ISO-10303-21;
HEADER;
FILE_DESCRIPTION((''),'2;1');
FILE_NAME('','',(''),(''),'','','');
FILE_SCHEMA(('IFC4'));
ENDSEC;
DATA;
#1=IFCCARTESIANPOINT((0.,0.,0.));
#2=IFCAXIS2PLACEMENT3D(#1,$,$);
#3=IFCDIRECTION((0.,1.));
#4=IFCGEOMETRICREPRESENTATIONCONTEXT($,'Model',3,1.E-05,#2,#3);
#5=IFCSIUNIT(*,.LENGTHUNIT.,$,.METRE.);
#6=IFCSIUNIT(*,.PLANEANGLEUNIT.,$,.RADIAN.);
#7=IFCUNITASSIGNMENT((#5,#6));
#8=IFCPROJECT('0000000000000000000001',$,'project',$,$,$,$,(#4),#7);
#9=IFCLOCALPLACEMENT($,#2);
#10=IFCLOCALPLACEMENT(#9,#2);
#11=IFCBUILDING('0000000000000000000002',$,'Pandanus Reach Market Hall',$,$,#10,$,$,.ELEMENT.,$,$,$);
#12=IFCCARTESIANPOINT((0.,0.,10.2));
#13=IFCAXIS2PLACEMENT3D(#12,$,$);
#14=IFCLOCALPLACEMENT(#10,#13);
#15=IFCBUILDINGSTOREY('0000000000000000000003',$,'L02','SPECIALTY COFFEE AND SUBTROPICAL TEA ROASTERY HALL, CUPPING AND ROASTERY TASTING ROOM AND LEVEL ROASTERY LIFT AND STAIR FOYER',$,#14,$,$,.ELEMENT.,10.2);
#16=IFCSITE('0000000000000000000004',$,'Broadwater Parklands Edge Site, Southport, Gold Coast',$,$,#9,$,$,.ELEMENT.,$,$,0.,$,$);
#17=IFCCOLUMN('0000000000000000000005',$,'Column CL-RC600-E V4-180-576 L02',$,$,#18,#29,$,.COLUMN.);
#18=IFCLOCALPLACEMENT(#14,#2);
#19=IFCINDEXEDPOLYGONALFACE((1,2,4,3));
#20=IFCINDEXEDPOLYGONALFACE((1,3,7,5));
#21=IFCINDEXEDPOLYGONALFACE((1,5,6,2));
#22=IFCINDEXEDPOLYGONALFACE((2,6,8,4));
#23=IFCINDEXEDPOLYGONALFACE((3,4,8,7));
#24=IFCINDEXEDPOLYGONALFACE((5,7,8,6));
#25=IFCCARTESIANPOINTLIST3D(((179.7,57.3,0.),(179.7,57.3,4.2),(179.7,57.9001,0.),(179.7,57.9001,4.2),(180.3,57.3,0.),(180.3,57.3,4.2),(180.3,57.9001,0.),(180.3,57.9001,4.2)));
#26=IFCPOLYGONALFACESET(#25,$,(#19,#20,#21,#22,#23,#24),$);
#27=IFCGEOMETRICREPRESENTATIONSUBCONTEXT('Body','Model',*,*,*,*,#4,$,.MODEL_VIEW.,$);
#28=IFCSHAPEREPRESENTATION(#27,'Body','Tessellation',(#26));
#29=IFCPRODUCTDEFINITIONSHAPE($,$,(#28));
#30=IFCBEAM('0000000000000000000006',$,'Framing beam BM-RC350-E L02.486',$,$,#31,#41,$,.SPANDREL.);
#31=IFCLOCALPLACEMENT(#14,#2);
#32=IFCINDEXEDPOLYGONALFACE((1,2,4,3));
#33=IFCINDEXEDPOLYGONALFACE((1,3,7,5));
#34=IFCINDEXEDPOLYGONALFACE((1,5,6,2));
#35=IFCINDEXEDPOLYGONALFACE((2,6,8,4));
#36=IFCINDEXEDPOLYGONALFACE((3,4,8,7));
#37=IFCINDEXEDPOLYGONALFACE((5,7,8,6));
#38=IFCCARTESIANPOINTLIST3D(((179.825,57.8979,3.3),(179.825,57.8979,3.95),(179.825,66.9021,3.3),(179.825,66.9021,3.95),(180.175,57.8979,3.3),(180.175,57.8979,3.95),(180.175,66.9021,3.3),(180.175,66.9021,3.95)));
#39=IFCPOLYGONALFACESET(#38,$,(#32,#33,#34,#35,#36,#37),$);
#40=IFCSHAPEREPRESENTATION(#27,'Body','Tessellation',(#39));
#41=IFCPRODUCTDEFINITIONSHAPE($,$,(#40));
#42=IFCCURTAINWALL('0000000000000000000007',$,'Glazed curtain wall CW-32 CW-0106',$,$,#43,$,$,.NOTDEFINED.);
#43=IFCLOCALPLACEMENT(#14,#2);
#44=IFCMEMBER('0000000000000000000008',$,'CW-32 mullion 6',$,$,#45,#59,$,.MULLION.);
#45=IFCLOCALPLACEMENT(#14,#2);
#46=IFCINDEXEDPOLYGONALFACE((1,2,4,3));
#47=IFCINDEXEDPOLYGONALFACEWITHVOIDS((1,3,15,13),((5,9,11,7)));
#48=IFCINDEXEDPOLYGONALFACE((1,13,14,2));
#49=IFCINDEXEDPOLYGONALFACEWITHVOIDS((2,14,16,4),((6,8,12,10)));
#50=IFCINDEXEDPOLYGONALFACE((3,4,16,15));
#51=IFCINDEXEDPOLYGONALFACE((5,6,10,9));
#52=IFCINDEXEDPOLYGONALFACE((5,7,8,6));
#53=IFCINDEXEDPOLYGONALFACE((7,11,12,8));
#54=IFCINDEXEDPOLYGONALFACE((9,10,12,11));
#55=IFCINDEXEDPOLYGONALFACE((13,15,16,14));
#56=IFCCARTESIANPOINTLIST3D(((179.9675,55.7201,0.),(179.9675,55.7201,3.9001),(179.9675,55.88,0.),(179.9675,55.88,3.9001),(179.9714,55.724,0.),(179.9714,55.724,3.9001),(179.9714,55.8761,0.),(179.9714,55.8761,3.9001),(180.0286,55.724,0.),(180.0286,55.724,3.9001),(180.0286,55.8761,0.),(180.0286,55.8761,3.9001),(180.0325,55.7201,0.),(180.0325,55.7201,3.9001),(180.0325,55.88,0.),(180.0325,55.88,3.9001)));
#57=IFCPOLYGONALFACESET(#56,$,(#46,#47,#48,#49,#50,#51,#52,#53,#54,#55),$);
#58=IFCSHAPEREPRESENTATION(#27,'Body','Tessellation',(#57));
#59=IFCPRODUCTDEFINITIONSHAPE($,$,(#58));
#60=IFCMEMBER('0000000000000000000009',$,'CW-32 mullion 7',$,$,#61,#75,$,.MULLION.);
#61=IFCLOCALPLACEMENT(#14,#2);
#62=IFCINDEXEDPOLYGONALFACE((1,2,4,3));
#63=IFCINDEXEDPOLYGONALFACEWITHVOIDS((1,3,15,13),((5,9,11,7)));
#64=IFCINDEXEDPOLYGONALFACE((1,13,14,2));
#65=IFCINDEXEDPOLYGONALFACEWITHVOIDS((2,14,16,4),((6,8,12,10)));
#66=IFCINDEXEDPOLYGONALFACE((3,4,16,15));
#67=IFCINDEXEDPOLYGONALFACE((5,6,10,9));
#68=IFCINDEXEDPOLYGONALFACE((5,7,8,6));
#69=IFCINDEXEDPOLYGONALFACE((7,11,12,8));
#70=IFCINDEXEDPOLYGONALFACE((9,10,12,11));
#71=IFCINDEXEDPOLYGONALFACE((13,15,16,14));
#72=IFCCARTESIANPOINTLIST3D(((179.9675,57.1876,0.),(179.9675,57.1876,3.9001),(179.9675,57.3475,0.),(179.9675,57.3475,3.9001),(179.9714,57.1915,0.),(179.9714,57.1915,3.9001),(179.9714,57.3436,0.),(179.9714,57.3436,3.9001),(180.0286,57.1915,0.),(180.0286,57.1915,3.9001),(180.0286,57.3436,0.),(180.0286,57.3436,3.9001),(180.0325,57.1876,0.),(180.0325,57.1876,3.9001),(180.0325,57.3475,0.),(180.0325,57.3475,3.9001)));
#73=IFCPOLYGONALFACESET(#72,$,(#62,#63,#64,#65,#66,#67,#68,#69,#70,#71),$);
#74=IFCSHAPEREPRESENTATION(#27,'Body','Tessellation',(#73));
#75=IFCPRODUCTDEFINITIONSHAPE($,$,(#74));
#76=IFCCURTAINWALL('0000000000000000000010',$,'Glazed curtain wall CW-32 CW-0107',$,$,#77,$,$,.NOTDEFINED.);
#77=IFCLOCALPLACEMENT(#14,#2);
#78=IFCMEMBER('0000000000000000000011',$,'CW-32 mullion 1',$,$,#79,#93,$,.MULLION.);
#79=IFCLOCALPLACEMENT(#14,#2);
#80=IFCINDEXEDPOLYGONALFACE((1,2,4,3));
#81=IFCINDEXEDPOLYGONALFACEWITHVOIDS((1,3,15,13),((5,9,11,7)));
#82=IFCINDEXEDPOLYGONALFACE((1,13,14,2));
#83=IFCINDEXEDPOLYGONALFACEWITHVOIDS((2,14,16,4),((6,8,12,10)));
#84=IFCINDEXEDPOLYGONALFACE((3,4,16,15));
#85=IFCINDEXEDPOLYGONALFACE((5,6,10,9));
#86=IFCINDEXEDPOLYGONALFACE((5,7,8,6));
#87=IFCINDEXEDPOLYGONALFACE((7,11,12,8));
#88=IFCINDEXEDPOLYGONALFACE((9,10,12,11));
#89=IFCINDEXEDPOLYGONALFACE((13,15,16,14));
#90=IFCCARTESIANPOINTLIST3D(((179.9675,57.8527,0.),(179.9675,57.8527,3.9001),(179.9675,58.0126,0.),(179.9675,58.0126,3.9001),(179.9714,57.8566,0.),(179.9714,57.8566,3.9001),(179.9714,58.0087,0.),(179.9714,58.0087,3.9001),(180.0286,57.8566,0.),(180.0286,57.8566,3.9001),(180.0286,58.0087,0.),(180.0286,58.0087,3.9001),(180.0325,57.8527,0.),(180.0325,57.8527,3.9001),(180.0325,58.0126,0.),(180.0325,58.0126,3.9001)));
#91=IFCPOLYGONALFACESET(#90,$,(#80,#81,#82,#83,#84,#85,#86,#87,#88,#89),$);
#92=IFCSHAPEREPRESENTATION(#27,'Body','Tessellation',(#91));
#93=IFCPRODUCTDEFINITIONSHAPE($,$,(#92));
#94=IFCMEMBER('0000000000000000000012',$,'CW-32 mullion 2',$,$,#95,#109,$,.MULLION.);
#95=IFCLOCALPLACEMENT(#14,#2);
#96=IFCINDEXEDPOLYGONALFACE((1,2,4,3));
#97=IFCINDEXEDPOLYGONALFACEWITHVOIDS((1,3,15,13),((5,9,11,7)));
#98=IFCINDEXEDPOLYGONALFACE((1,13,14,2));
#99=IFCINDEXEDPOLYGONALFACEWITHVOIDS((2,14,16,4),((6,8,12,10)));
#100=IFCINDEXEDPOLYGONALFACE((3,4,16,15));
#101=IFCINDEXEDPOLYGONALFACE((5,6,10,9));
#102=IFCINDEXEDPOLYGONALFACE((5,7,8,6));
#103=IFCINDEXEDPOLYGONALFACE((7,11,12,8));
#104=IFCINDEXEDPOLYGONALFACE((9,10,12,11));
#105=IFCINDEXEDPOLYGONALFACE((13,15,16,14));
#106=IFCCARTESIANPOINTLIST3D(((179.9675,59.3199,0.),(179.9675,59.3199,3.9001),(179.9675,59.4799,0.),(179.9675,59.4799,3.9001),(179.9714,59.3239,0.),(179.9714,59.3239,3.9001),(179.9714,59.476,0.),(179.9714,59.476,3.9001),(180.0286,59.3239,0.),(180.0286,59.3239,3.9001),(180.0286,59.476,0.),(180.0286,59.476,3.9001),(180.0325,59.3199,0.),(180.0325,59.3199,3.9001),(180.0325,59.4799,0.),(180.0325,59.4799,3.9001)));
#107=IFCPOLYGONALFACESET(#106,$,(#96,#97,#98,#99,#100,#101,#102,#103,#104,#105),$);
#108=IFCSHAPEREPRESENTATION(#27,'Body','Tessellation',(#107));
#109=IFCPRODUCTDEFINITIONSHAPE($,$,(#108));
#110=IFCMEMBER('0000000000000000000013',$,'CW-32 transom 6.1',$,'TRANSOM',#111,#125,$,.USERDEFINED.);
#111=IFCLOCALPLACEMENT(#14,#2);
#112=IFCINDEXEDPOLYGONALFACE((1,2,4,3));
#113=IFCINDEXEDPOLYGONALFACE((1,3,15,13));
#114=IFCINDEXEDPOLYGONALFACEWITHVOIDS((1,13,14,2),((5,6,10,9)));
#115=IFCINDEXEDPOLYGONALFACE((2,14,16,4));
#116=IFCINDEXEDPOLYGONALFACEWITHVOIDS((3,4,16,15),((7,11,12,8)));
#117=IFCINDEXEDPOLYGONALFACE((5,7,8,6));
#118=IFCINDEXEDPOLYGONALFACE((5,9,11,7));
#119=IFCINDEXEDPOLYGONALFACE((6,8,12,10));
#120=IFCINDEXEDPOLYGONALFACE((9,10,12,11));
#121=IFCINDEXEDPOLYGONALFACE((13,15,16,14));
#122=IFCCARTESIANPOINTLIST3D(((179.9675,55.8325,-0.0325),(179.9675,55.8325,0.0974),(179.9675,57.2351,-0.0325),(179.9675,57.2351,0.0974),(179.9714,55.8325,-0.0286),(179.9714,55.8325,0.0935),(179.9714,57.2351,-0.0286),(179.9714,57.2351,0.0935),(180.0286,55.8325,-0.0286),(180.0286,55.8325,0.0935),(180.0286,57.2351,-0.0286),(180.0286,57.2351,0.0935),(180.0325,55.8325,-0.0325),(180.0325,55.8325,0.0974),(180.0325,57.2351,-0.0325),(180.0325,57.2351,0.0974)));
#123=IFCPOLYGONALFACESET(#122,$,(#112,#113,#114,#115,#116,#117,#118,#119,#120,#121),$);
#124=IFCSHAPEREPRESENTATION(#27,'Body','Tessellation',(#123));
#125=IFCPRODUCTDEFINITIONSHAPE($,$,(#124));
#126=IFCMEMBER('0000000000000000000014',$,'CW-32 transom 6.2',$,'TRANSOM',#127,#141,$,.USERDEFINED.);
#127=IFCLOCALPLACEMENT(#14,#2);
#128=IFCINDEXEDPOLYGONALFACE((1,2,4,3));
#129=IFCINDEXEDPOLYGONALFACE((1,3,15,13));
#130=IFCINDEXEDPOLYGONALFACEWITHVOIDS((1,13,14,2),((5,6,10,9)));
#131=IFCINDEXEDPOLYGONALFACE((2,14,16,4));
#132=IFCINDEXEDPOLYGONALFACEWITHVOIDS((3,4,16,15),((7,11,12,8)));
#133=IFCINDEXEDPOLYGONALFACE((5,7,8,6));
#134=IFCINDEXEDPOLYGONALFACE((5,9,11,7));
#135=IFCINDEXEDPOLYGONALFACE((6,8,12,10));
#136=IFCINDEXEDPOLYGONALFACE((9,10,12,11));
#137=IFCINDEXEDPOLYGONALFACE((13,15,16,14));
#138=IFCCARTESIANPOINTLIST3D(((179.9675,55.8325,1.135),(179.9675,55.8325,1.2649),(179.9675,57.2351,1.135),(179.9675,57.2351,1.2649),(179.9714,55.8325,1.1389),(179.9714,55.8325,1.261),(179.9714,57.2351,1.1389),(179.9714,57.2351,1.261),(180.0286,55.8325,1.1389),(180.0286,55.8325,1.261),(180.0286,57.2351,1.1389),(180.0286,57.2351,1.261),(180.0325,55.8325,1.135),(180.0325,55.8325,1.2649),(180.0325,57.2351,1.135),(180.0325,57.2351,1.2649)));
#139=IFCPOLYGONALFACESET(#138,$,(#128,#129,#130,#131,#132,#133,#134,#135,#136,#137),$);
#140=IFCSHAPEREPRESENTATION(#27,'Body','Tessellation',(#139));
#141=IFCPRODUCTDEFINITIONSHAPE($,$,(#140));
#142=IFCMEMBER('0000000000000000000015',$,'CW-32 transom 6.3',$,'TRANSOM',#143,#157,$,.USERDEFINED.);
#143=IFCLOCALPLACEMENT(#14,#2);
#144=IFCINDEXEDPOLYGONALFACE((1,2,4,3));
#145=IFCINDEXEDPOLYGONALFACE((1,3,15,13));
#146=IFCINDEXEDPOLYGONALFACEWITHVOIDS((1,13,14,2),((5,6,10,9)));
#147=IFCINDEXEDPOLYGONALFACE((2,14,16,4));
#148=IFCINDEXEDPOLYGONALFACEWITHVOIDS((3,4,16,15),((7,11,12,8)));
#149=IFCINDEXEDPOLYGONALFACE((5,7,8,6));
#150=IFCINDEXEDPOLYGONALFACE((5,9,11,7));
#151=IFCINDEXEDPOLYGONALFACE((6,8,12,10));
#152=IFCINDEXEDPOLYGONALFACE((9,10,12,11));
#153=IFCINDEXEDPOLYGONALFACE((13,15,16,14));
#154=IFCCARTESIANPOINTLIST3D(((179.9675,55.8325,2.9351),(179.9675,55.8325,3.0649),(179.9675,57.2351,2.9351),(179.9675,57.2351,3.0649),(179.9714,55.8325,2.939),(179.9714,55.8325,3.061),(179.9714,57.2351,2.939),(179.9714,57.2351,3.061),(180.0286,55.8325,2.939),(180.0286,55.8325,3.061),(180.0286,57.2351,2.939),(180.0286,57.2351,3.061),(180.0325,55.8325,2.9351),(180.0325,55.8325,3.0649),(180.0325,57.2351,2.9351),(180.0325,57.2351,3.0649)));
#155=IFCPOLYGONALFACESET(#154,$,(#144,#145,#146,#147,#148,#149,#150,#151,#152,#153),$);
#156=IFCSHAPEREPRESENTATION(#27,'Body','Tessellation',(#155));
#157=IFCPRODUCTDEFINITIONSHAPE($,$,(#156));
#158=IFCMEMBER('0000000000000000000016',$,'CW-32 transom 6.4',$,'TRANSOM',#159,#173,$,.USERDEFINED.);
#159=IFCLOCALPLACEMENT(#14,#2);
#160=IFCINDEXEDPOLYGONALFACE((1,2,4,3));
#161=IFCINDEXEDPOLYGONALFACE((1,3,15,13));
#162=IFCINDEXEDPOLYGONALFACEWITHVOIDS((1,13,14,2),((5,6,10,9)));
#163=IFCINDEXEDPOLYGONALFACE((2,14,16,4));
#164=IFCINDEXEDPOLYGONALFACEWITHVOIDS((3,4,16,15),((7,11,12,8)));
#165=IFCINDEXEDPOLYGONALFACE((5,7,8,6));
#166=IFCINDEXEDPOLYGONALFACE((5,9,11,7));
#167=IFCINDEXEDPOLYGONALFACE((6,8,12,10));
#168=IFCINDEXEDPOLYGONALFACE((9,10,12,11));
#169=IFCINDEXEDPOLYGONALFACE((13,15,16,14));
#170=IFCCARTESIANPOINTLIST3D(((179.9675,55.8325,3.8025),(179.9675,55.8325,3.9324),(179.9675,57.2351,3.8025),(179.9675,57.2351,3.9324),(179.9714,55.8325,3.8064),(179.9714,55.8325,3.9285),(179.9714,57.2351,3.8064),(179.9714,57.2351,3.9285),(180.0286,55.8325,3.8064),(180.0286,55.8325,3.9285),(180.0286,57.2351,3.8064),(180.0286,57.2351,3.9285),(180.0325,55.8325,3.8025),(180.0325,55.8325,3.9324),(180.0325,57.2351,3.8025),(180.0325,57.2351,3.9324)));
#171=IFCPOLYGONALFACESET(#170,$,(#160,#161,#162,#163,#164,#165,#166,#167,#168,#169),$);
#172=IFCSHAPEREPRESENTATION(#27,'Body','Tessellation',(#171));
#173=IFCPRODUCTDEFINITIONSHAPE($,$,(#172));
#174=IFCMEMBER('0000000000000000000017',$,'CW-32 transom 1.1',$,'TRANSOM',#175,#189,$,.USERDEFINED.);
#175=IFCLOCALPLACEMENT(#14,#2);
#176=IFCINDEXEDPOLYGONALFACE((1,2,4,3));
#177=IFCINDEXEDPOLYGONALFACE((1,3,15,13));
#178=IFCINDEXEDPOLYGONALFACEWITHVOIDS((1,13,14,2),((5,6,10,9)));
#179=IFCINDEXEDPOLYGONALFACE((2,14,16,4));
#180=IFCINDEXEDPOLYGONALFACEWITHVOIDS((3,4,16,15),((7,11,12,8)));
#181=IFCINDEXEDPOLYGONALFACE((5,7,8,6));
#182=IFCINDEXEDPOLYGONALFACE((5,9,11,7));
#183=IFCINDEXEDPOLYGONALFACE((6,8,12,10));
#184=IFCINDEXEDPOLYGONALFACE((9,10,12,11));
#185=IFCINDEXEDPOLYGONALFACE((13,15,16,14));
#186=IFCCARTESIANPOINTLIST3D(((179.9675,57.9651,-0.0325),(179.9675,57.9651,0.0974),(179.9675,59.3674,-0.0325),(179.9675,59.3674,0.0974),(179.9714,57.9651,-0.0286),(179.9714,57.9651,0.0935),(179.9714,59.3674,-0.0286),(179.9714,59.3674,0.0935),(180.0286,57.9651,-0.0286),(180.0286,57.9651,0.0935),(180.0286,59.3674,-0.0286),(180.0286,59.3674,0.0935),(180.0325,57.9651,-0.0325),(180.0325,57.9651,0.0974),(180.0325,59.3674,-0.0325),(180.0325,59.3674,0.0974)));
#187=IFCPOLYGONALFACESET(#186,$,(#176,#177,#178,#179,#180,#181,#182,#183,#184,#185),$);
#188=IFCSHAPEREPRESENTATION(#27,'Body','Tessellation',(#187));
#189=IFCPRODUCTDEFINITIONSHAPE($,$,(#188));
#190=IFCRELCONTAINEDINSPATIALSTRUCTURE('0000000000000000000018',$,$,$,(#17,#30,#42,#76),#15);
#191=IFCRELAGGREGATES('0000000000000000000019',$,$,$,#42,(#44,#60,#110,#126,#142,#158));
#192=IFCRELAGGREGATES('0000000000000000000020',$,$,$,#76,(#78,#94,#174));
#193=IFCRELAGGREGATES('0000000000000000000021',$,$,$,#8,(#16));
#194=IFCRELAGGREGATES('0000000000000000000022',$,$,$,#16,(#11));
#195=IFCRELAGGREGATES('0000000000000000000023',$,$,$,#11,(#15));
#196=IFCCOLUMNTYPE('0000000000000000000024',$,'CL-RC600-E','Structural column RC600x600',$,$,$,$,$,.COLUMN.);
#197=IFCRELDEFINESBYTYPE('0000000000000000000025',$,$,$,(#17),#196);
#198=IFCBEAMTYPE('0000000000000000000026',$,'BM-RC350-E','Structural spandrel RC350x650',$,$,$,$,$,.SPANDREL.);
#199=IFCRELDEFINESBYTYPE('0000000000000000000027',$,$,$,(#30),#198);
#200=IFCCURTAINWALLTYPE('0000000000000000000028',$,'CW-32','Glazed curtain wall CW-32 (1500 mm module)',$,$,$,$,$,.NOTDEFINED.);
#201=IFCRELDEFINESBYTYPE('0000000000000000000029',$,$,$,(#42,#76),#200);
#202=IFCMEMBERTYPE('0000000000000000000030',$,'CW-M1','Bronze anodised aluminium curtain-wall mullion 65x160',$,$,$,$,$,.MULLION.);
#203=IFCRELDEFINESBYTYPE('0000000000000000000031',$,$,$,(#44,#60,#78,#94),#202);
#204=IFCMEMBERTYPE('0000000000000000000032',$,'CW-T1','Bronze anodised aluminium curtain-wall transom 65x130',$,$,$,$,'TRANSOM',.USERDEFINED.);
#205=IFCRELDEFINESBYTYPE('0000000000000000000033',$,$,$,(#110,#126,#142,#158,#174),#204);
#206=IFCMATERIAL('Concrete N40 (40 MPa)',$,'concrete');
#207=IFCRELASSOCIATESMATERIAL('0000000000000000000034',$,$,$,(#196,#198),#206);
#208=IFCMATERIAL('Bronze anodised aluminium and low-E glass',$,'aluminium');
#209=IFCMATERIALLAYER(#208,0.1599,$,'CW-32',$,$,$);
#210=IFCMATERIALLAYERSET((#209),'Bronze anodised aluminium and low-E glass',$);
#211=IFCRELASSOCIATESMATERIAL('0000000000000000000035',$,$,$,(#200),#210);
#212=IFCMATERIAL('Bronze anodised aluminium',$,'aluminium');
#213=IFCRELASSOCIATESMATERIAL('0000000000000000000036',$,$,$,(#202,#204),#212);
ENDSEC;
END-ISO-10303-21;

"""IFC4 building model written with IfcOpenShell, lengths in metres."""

from ifc_helpers import new_model, si_unit, direction, frame, origin, origin_2d, place, context, subcontext, project, spatial, rectangle, hollow_rectangle, extrude, material, layer, layer_set, material_profile, profile_set, type_object, element, aggregate, save


model = new_model("IFC4")

# Units and contexts
model_context = context("Model", 3, precision=1e-05, world=origin(), true_north=direction((0.0, 1.0)))
body_context = subcontext(model_context, "Body", "Model", "MODEL_VIEW")
ifc_project = project(units=[si_unit("LENGTHUNIT", "METRE"), si_unit("PLANEANGLEUNIT", "RADIAN")], contexts=[model_context])

# Site, building, storey
site_placement = place(None, origin())
site = spatial("IfcSite", under=ifc_project, at=site_placement, Name="Broadwater Parklands Edge Site, Southport, Gold Coast", CompositionType="ELEMENT", RefElevation=0.0)
building_placement = place(site_placement, origin())
building = spatial("IfcBuilding", under=site, at=building_placement, Name="Pandanus Reach Market Hall", CompositionType="ELEMENT")
storey_placement = place(building_placement, frame((0.0, 0.0, 10.2)))
storey = spatial("IfcBuildingStorey", under=building, at=storey_placement, Name="L02", Description="SPECIALTY COFFEE AND SUBTROPICAL TEA ROASTERY HALL, CUPPING AND ROASTERY TASTING ROOM AND LEVEL ROASTERY LIFT AND STAIR FOYER", CompositionType="ELEMENT", Elevation=10.2)

# Column
ifc_material_1 = material(Name="Concrete N40 (40 MPa)", Category="concrete")
ifc_material_profile_1 = material_profile(ifc_material_1, rectangle(XDim=0.6001, YDim=0.6001, at=origin_2d()), Name="RC600x600", Category="LoadBearing")
ifc_profile_set_1 = profile_set([ifc_material_profile_1], Name="Concrete N40 (40 MPa)")
column_type = type_object("IfcColumnType", Name="CL-RC600-E", Description="Structural column RC600x600", PredefinedType="COLUMN", material=ifc_profile_set_1)
column_placement = place(storey_placement, frame((180.0, 57.6001, 0.0), z_axis=(0.0, 0.0, 1.0), x_axis=(1.0, 0.0, 0.0)))
element("IfcColumn", 1, at=column_placement, inside=storey, type_object=column_type, Name="Column CL-RC600-E V4-180-576 L02", PredefinedType="COLUMN", context=body_context, shape_type="SweptSolid", body=[
    extrude(rectangle(XDim=0.6001, YDim=0.6001, at=origin_2d()), origin(), (0.0, 0.0, 1.0), 4.2),
])

# Beam
ifc_material_profile_2 = material_profile(ifc_material_1, rectangle(XDim=0.3501, YDim=0.6499, at=origin_2d()), Name="RC350x650", Category="LoadBearing")
ifc_profile_set_2 = profile_set([ifc_material_profile_2], Name="Concrete N40 (40 MPa)")
beam_type = type_object("IfcBeamType", Name="BM-RC350-E", Description="Structural spandrel RC350x650", PredefinedType="SPANDREL", material=ifc_profile_set_2)
beam_placement = place(storey_placement, frame((180.0, 57.8979, 3.625), z_axis=(0.0, 1.0, 0.0), x_axis=(-1.0, 0.0, 0.0)))
element("IfcBeam", 2, at=beam_placement, inside=storey, type_object=beam_type, Name="Framing beam BM-RC350-E L02.486", PredefinedType="SPANDREL", context=body_context, shape_type="SweptSolid", body=[
    extrude(rectangle(XDim=0.3501, YDim=0.6499, at=origin_2d()), origin(), (0.0, 0.0, 1.0), 9.0042),
])

# Curtain walls, members
ifc_material_2 = material(Name="Bronze anodised aluminium and low-E glass", Category="aluminium")
ifc_layer_1 = layer(ifc_material_2, 0.1599, Name="CW-32")
ifc_layer_set_1 = layer_set([ifc_layer_1], Name="Bronze anodised aluminium and low-E glass")
curtain_wall_type = type_object("IfcCurtainWallType", Name="CW-32", Description="Glazed curtain wall CW-32 (1500 mm module)", PredefinedType="NOTDEFINED", material=ifc_layer_set_1)
curtain_wall_1_placement = place(storey_placement, origin())
curtain_wall_1 = element("IfcCurtainWall", 3, at=curtain_wall_1_placement, inside=storey, type_object=curtain_wall_type, Name="Glazed curtain wall CW-32 CW-0106", PredefinedType="NOTDEFINED")
ifc_material_3 = material(Name="Bronze anodised aluminium", Category="aluminium")
ifc_material_profile_3 = material_profile(ifc_material_3, hollow_rectangle(XDim=0.0649, YDim=0.1599, WallThickness=0.0039, at=origin_2d()), Name="ALU65x160", Category="LoadBearing")
ifc_profile_set_3 = profile_set([ifc_material_profile_3], Name="Bronze anodised aluminium")
member_type_1 = type_object("IfcMemberType", Name="CW-M1", Description="Bronze anodised aluminium curtain-wall mullion 65x160", PredefinedType="MULLION", material=ifc_profile_set_3)
member_1_placement = place(storey_placement, frame((180.0, 55.8, 0.0), z_axis=(0.0, 0.0, 1.0), x_axis=(-1.0, 0.0, 0.0)))
member_1 = element("IfcMember", 4, at=member_1_placement, type_object=member_type_1, Name="CW-32 mullion 6", PredefinedType="MULLION", context=body_context, shape_type="SweptSolid", body=[
    extrude(hollow_rectangle(XDim=0.0649, YDim=0.1599, WallThickness=0.0039, at=origin_2d()), origin(), (0.0, 0.0, 1.0), 3.9001),
])
member_2_placement = place(storey_placement, frame((180.0, 57.2676, 0.0), z_axis=(0.0, 0.0, 1.0), x_axis=(-1.0, 0.0, 0.0)))
member_2 = element("IfcMember", 5, at=member_2_placement, type_object=member_type_1, Name="CW-32 mullion 7", PredefinedType="MULLION", context=body_context, shape_type="SweptSolid", body=[
    extrude(hollow_rectangle(XDim=0.0649, YDim=0.1599, WallThickness=0.0039, at=origin_2d()), origin(), (0.0, 0.0, 1.0), 3.9001),
])
curtain_wall_2_placement = place(storey_placement, origin())
curtain_wall_2 = element("IfcCurtainWall", 6, at=curtain_wall_2_placement, inside=storey, type_object=curtain_wall_type, Name="Glazed curtain wall CW-32 CW-0107", PredefinedType="NOTDEFINED")
member_3_placement = place(storey_placement, frame((180.0, 57.9326, 0.0), z_axis=(0.0, 0.0, 1.0), x_axis=(-1.0, 0.0, 0.0)))
member_3 = element("IfcMember", 7, at=member_3_placement, type_object=member_type_1, Name="CW-32 mullion 1", PredefinedType="MULLION", context=body_context, shape_type="SweptSolid", body=[
    extrude(hollow_rectangle(XDim=0.0649, YDim=0.1599, WallThickness=0.0039, at=origin_2d()), origin(), (0.0, 0.0, 1.0), 3.9001),
])
member_4_placement = place(storey_placement, frame((180.0, 59.3999, 0.0), z_axis=(0.0, 0.0, 1.0), x_axis=(-1.0, 0.0, 0.0)))
member_4 = element("IfcMember", 8, at=member_4_placement, type_object=member_type_1, Name="CW-32 mullion 2", PredefinedType="MULLION", context=body_context, shape_type="SweptSolid", body=[
    extrude(hollow_rectangle(XDim=0.0649, YDim=0.1599, WallThickness=0.0039, at=origin_2d()), origin(), (0.0, 0.0, 1.0), 3.9001),
])

# Members
ifc_material_profile_4 = material_profile(ifc_material_3, hollow_rectangle(XDim=0.0649, YDim=0.1299, WallThickness=0.0039, at=origin_2d()), Name="ALU65x130", Category="LoadBearing")
ifc_profile_set_4 = profile_set([ifc_material_profile_4], Name="Bronze anodised aluminium")
member_type_2 = type_object("IfcMemberType", Name="CW-T1", Description="Bronze anodised aluminium curtain-wall transom 65x130", ElementType="TRANSOM", PredefinedType="USERDEFINED", material=ifc_profile_set_4)
member_5_placement = place(storey_placement, frame((180.0, 55.8325, 0.0325), z_axis=(0.0, 1.0, 0.0), x_axis=(-1.0, 0.0, 0.0)))
member_5 = element("IfcMember", 9, at=member_5_placement, type_object=member_type_2, Name="CW-32 transom 6.1", ObjectType="TRANSOM", PredefinedType="USERDEFINED", context=body_context, shape_type="SweptSolid", body=[
    extrude(hollow_rectangle(XDim=0.0649, YDim=0.1299, WallThickness=0.0039, at=origin_2d()), origin(), (0.0, 0.0, 1.0), 1.4026),
])
member_6_placement = place(storey_placement, frame((180.0, 55.8325, 1.2), z_axis=(0.0, 1.0, 0.0), x_axis=(-1.0, 0.0, 0.0)))
member_6 = element("IfcMember", 10, at=member_6_placement, type_object=member_type_2, Name="CW-32 transom 6.2", ObjectType="TRANSOM", PredefinedType="USERDEFINED", context=body_context, shape_type="SweptSolid", body=[
    extrude(hollow_rectangle(XDim=0.0649, YDim=0.1299, WallThickness=0.0039, at=origin_2d()), origin(), (0.0, 0.0, 1.0), 1.4026),
])
member_7_placement = place(storey_placement, frame((180.0, 55.8325, 3.0), z_axis=(0.0, 1.0, 0.0), x_axis=(-1.0, 0.0, 0.0)))
member_7 = element("IfcMember", 11, at=member_7_placement, type_object=member_type_2, Name="CW-32 transom 6.3", ObjectType="TRANSOM", PredefinedType="USERDEFINED", context=body_context, shape_type="SweptSolid", body=[
    extrude(hollow_rectangle(XDim=0.0649, YDim=0.1299, WallThickness=0.0039, at=origin_2d()), origin(), (0.0, 0.0, 1.0), 1.4026),
])
member_8_placement = place(storey_placement, frame((180.0, 55.8325, 3.8674), z_axis=(0.0, 1.0, 0.0), x_axis=(-1.0, 0.0, 0.0)))
member_8 = element("IfcMember", 12, at=member_8_placement, type_object=member_type_2, Name="CW-32 transom 6.4", ObjectType="TRANSOM", PredefinedType="USERDEFINED", context=body_context, shape_type="SweptSolid", body=[
    extrude(hollow_rectangle(XDim=0.0649, YDim=0.1299, WallThickness=0.0039, at=origin_2d()), origin(), (0.0, 0.0, 1.0), 1.4026),
])
member_9_placement = place(storey_placement, frame((180.0, 57.9651, 0.0325), z_axis=(0.0, 1.0, 0.0), x_axis=(-1.0, 0.0, 0.0)))
member_9 = element("IfcMember", 13, at=member_9_placement, type_object=member_type_2, Name="CW-32 transom 1.1", ObjectType="TRANSOM", PredefinedType="USERDEFINED", context=body_context, shape_type="SweptSolid", body=[
    extrude(hollow_rectangle(XDim=0.0649, YDim=0.1299, WallThickness=0.0039, at=origin_2d()), origin(), (0.0, 0.0, 1.0), 1.4023),
])

aggregate(curtain_wall_1, [member_1, member_2, member_5, member_6, member_7, member_8])
aggregate(curtain_wall_2, [member_3, member_4, member_9])

save(model, "model.ifc")
